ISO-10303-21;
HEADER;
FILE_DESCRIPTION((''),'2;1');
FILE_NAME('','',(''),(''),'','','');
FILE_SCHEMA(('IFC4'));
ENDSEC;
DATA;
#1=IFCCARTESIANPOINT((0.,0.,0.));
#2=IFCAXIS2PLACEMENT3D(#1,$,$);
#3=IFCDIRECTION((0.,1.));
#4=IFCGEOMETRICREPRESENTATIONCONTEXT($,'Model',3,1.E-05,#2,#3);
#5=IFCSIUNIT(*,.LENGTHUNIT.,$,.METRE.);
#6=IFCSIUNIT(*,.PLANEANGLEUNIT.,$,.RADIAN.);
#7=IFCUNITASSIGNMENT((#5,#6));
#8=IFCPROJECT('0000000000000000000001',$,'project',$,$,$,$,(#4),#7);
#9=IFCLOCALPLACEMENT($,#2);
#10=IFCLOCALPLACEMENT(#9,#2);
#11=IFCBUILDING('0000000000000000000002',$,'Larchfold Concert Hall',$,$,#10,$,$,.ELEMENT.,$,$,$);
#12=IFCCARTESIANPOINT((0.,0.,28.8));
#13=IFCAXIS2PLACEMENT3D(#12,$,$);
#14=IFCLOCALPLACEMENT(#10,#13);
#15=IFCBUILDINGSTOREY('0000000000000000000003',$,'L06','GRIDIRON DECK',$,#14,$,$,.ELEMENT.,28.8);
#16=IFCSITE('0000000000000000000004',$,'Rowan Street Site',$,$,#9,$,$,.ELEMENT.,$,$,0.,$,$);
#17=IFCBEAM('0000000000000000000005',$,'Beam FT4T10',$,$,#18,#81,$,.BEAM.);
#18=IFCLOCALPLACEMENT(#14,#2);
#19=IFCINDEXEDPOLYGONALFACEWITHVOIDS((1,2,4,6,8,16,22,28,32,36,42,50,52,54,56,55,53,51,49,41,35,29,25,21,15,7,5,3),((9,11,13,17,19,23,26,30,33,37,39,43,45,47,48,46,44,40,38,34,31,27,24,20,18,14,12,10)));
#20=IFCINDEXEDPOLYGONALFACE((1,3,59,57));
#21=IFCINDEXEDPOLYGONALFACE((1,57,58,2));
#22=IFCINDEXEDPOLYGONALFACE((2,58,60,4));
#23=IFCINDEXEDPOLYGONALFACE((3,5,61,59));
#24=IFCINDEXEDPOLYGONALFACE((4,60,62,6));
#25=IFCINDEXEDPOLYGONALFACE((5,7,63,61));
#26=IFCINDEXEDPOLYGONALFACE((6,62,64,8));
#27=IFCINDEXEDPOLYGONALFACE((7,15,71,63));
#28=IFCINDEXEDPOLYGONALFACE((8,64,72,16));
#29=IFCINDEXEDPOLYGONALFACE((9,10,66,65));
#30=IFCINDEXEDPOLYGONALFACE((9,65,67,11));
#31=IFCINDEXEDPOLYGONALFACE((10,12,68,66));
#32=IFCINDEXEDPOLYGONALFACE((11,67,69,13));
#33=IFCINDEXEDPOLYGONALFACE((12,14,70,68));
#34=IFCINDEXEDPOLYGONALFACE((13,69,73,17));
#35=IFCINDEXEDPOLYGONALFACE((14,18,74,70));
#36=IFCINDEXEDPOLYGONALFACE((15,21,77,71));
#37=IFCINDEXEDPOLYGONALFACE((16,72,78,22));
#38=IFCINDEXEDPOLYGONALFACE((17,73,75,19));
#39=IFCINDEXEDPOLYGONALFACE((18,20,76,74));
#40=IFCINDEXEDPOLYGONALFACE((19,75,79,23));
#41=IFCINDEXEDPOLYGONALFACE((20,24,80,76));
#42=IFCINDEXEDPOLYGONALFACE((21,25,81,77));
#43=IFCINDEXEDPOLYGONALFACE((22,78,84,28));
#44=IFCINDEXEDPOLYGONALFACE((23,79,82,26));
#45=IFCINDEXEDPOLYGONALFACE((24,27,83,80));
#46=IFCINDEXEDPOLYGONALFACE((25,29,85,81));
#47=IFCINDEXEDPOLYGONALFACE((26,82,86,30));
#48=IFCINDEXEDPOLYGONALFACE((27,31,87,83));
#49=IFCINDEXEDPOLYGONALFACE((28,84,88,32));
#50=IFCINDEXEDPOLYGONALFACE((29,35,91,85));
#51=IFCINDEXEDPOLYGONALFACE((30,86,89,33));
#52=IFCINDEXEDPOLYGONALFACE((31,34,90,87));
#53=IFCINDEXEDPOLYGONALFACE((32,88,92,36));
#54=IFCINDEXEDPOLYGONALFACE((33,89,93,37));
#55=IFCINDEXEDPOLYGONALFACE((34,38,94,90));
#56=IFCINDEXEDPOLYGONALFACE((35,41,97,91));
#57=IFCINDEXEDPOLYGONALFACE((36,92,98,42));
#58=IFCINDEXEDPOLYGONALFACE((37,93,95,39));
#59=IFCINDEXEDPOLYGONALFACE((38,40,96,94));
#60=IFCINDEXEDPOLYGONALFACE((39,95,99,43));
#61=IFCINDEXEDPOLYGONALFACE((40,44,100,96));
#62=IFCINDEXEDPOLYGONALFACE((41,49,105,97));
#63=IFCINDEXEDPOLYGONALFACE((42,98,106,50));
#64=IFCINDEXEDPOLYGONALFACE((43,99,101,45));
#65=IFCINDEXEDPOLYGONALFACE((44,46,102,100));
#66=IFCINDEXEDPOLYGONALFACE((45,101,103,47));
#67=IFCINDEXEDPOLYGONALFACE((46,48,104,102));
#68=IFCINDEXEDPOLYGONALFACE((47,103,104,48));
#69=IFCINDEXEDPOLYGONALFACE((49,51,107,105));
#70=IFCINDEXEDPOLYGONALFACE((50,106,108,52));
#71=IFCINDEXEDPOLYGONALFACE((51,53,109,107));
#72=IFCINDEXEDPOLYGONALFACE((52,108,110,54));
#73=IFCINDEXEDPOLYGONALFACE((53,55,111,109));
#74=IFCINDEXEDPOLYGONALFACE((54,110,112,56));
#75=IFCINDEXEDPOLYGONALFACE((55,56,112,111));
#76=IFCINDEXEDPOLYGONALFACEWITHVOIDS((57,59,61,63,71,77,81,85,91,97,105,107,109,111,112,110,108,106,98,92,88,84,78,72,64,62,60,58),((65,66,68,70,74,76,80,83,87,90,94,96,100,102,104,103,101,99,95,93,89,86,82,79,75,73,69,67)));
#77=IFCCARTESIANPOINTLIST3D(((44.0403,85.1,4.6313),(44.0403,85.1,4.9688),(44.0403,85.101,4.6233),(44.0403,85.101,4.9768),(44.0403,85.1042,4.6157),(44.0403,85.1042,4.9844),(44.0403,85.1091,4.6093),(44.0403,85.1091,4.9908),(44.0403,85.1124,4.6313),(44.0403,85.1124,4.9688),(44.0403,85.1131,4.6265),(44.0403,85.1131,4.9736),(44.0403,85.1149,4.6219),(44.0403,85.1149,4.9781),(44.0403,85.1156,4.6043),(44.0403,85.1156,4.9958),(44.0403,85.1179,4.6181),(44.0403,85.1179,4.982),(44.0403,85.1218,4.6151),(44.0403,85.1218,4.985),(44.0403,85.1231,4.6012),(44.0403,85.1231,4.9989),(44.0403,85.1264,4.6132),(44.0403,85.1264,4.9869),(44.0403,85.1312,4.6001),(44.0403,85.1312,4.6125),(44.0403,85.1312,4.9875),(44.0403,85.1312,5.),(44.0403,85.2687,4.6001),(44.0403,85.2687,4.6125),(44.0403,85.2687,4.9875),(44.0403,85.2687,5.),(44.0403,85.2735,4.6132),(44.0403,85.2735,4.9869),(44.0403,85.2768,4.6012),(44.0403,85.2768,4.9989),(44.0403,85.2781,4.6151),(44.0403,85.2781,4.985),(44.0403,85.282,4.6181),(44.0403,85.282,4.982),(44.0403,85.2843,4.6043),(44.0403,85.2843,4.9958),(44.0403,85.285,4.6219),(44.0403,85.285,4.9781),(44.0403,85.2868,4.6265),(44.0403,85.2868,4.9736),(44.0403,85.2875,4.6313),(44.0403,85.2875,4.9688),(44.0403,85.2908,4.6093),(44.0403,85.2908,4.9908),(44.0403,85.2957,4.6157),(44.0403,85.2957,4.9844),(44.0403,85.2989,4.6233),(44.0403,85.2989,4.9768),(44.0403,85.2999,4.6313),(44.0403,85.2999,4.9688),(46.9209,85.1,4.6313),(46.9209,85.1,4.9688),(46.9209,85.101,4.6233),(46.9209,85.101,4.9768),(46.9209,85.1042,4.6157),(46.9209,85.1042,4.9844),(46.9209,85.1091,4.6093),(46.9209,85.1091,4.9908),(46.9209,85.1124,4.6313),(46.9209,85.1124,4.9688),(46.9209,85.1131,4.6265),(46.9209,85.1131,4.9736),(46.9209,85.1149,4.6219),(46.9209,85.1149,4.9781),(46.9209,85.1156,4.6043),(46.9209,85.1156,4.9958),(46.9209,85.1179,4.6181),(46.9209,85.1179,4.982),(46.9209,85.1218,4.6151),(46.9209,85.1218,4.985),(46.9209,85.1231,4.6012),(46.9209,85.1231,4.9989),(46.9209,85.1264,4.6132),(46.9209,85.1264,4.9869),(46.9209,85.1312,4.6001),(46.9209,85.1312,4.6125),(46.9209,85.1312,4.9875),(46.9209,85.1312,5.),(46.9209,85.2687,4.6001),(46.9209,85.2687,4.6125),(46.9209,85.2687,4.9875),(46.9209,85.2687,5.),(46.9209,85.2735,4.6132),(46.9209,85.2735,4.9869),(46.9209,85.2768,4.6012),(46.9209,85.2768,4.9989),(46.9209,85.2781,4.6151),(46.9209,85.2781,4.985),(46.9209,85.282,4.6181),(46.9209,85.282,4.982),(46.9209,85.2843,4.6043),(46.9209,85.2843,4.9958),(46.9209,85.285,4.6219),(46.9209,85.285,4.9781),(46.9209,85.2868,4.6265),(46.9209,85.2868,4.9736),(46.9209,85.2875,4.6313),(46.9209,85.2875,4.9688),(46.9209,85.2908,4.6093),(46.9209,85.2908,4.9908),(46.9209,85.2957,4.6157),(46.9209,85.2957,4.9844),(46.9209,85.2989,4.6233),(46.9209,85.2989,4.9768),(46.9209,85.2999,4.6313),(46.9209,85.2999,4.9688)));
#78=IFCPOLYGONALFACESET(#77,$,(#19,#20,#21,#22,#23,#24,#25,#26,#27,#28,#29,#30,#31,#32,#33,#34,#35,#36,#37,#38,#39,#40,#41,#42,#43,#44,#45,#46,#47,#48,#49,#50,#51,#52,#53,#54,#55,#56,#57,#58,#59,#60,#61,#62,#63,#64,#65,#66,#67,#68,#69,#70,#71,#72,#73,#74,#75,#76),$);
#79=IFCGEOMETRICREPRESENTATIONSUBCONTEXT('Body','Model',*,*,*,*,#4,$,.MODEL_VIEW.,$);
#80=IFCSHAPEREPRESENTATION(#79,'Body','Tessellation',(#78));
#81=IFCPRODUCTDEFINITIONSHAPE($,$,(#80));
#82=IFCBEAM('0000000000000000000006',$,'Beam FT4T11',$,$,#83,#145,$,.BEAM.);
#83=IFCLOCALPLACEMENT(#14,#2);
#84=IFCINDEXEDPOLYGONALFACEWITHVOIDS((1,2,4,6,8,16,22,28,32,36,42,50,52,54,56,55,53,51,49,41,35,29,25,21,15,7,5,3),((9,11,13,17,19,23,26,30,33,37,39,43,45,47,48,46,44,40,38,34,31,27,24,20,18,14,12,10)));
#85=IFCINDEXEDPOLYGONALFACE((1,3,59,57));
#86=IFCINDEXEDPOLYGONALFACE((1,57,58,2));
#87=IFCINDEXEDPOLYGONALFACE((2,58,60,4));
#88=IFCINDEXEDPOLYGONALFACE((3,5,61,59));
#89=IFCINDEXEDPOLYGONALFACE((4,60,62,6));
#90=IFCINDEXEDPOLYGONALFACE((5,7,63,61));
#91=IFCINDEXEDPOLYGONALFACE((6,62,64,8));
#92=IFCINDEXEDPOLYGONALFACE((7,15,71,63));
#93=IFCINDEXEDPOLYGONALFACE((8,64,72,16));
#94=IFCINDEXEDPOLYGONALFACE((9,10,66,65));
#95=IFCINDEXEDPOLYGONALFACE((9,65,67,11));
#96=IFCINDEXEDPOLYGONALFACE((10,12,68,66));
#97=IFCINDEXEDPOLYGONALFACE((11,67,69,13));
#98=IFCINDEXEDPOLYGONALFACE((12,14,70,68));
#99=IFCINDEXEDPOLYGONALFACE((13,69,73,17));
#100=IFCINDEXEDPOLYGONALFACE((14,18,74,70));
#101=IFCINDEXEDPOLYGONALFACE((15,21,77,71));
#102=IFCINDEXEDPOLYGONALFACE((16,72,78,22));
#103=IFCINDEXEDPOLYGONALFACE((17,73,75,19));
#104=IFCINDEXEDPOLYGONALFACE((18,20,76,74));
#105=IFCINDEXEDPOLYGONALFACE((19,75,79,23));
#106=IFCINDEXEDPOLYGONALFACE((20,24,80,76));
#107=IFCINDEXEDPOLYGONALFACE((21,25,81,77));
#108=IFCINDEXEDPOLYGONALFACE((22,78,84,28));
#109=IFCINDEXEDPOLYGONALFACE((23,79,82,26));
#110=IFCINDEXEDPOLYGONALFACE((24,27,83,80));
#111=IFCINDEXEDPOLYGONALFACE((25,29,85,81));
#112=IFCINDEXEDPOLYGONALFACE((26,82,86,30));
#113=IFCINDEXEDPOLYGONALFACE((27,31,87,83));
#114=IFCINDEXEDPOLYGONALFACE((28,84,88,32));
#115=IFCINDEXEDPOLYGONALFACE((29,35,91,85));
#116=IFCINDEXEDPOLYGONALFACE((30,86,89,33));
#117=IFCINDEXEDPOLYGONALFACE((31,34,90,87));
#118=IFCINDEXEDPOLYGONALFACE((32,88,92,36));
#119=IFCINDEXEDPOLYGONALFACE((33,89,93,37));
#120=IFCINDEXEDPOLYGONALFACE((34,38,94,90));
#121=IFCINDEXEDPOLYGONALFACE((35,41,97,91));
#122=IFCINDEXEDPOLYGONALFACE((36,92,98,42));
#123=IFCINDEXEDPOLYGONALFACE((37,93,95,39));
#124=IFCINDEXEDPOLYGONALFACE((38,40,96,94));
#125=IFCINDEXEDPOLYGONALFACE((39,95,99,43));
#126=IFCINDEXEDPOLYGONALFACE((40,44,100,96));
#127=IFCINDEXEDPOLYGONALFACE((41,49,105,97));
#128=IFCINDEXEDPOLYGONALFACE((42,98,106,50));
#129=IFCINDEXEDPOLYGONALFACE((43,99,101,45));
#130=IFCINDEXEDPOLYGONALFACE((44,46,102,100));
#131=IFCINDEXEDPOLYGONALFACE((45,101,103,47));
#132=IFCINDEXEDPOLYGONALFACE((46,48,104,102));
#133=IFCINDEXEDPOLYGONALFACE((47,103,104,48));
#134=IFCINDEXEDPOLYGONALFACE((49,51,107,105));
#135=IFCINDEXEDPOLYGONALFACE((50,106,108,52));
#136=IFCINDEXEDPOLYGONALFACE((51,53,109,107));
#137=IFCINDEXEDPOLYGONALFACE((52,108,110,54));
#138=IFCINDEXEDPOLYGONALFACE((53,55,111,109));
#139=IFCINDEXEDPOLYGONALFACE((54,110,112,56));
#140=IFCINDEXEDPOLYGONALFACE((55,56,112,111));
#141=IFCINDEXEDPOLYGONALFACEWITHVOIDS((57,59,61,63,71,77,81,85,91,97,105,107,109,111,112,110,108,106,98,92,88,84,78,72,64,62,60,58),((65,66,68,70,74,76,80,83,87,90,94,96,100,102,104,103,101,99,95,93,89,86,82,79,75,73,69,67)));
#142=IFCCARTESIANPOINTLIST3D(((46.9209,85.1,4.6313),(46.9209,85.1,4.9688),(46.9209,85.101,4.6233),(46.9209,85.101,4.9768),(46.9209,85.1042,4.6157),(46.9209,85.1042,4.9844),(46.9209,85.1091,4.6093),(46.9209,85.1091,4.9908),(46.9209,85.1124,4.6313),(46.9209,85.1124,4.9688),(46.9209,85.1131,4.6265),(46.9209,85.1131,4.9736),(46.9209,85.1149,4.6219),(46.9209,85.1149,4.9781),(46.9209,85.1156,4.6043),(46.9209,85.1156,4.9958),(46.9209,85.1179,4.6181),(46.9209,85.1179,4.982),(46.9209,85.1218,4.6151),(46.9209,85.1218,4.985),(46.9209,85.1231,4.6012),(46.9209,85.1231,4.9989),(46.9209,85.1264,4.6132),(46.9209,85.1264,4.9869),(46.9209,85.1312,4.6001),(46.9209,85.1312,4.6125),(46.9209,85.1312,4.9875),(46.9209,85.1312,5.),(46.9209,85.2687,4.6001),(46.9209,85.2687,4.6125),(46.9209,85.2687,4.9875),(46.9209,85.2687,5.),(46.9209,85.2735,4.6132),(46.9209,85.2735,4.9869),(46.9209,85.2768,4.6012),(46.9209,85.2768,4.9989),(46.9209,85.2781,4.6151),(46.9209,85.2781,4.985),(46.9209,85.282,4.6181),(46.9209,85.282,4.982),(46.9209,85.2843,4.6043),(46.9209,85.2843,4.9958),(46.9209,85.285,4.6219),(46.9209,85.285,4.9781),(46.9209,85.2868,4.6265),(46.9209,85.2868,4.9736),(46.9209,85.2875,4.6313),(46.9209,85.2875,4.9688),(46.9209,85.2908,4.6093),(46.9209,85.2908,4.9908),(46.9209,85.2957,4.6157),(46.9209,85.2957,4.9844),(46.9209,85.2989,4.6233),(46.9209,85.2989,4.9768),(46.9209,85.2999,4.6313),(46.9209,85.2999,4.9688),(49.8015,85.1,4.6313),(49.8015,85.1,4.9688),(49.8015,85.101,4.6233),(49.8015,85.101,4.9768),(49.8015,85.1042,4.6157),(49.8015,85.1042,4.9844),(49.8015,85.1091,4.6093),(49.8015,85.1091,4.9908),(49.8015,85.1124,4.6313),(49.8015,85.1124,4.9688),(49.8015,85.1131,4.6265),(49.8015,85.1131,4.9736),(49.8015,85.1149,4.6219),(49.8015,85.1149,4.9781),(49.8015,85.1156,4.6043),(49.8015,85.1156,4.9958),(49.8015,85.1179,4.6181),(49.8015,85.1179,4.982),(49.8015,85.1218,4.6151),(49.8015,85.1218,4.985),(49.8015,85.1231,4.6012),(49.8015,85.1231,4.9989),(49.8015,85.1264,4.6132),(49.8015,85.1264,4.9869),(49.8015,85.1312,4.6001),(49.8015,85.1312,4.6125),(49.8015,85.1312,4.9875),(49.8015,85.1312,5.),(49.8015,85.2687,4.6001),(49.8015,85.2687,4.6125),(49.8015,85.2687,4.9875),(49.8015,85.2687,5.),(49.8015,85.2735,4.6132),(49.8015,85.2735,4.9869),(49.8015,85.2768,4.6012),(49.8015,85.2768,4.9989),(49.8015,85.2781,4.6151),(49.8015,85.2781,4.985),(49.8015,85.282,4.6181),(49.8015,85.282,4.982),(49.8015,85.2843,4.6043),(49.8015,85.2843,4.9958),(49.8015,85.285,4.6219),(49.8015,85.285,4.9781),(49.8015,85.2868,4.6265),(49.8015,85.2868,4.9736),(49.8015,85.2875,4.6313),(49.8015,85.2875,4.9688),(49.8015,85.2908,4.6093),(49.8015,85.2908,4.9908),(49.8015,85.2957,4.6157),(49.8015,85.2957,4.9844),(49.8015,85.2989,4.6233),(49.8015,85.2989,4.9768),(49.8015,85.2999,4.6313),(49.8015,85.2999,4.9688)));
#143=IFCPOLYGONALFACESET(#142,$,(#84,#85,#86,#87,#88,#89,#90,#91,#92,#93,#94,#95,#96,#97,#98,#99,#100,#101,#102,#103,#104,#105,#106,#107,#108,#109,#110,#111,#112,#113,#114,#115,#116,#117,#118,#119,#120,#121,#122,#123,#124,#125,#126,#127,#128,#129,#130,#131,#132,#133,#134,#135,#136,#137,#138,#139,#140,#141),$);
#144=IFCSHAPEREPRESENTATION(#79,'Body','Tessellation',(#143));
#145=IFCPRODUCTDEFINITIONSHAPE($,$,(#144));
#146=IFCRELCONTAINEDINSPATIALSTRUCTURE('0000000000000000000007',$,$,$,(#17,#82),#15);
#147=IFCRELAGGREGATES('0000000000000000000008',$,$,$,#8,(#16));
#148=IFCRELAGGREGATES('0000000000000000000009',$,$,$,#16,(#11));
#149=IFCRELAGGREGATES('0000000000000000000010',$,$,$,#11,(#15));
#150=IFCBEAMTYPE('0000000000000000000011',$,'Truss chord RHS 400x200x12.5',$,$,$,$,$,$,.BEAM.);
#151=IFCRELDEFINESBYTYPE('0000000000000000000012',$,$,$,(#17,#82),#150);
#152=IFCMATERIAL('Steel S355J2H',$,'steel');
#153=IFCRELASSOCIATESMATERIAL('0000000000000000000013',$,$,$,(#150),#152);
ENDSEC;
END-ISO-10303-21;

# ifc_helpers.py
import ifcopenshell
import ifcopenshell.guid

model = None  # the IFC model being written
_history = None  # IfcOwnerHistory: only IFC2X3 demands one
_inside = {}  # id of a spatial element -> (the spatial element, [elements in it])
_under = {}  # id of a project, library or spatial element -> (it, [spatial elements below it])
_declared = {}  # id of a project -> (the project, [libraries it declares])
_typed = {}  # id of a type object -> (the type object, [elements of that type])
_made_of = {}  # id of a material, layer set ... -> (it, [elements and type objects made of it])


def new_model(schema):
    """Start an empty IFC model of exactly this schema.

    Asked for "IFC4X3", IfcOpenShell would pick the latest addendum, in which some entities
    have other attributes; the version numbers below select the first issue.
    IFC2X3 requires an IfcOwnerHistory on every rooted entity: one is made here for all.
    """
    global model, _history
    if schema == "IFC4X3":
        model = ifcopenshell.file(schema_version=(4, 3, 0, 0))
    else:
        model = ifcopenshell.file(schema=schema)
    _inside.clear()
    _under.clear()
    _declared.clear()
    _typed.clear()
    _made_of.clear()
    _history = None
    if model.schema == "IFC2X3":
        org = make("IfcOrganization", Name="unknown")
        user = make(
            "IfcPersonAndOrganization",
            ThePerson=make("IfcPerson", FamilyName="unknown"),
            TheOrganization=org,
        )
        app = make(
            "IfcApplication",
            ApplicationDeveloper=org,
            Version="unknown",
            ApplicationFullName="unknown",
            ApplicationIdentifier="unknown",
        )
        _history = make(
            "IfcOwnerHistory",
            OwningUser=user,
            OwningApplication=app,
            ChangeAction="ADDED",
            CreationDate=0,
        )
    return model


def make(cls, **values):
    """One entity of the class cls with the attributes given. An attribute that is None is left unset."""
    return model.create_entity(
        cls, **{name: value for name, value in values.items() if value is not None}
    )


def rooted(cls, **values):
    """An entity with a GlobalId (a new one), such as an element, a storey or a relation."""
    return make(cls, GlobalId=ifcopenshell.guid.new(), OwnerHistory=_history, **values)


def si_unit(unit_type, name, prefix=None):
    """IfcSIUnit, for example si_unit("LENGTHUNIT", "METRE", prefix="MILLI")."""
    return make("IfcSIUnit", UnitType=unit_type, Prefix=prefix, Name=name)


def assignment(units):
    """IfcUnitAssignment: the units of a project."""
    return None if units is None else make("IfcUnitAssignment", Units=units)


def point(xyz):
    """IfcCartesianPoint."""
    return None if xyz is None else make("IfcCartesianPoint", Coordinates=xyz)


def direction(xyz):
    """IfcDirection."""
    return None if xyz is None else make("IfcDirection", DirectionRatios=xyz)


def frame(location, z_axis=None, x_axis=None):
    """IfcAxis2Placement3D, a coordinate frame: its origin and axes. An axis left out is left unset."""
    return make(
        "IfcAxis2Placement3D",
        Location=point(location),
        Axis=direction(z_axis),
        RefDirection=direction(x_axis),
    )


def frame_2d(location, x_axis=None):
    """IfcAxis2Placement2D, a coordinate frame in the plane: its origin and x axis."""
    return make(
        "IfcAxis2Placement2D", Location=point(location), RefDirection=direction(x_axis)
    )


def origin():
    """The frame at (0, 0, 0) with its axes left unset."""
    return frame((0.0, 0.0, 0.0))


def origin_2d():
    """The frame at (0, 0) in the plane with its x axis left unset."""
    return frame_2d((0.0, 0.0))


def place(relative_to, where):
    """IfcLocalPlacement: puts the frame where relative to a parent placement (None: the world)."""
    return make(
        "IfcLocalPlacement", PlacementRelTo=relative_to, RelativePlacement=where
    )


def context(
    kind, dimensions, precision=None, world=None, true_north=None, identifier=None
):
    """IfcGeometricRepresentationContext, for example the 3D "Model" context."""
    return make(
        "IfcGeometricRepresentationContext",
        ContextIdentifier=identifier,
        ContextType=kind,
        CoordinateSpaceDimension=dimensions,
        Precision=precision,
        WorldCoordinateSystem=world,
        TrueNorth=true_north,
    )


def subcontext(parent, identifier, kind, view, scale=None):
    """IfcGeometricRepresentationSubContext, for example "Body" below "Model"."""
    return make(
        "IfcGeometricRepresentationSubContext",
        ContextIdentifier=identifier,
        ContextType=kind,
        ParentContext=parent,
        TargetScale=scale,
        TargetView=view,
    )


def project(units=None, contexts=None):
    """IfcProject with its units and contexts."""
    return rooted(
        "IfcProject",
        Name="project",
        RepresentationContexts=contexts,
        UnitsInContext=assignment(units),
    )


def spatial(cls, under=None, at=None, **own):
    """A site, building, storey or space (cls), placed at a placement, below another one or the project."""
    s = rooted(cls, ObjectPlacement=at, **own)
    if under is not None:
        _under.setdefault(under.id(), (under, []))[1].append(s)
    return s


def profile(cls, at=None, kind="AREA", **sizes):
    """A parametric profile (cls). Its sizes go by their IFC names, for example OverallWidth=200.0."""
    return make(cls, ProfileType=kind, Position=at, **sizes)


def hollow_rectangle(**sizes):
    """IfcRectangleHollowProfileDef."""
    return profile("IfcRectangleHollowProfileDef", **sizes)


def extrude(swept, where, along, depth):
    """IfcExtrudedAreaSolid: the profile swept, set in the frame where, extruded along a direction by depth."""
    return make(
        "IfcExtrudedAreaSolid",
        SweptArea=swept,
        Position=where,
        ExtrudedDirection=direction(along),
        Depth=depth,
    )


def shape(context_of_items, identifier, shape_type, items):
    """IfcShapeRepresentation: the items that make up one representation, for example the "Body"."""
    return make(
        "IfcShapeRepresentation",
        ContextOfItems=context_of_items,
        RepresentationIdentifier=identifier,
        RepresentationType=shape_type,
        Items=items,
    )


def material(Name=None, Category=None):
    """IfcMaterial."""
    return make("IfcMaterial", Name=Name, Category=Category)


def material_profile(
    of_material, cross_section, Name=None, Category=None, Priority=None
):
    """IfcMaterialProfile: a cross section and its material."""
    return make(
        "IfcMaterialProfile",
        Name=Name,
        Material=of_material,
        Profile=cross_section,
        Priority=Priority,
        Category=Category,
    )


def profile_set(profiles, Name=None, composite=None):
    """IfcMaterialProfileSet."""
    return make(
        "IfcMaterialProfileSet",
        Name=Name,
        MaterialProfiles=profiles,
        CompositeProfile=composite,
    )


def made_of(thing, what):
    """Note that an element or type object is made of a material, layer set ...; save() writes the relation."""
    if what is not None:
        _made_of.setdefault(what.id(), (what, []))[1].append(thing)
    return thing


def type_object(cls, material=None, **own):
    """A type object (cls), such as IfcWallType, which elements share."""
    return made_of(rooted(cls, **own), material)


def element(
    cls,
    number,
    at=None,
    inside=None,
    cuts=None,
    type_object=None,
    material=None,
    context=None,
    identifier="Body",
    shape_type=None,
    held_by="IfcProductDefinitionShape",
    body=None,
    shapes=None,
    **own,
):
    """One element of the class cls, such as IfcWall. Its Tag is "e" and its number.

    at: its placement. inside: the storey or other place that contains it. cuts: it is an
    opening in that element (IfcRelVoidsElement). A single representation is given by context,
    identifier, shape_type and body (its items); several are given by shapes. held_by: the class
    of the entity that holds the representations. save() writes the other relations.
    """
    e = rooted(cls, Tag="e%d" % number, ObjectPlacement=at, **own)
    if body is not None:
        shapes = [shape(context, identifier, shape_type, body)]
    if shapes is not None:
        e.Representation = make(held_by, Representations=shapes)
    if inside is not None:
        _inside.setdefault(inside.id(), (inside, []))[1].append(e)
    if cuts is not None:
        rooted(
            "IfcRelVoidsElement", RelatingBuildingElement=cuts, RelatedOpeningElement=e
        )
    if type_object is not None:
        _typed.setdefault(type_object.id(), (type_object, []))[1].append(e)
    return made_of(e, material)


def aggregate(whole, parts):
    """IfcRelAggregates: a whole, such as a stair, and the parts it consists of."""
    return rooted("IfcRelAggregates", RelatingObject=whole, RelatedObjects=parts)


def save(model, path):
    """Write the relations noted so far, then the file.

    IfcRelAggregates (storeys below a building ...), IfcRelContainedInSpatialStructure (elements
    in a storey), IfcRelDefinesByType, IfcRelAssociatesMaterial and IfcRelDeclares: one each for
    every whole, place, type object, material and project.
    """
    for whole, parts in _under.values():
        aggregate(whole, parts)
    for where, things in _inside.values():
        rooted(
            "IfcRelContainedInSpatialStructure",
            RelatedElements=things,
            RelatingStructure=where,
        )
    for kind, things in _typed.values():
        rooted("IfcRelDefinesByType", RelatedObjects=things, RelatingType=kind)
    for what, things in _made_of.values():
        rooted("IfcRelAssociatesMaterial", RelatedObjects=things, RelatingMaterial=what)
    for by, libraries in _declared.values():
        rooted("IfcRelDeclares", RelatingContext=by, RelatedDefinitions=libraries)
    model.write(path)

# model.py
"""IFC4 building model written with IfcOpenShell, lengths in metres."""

from ifc_helpers import new_model, si_unit, direction, frame, origin, origin_2d, place, context, subcontext, project, spatial, hollow_rectangle, extrude, material, material_profile, profile_set, type_object, element, save


model = new_model("IFC4")

# Units and contexts
model_context = context("Model", 3, precision=1e-05, world=origin(), true_north=direction((0.0, 1.0)))
body_context = subcontext(model_context, "Body", "Model", "MODEL_VIEW")
ifc_project = project(units=[si_unit("LENGTHUNIT", "METRE"), si_unit("PLANEANGLEUNIT", "RADIAN")], contexts=[model_context])

# Site, building, storey
site_placement = place(None, origin())
site = spatial("IfcSite", under=ifc_project, at=site_placement, Name="Rowan Street Site", CompositionType="ELEMENT", RefElevation=0.0)
building_placement = place(site_placement, origin())
building = spatial("IfcBuilding", under=site, at=building_placement, Name="Larchfold Concert Hall", CompositionType="ELEMENT")
storey_placement = place(building_placement, frame((0.0, 0.0, 28.8)))
storey = spatial("IfcBuildingStorey", under=building, at=storey_placement, Name="L06", Description="GRIDIRON DECK", CompositionType="ELEMENT", Elevation=28.8)

# Beams
ifc_material_1 = material(Name="Steel S355J2H", Category="steel")
ifc_material_profile_1 = material_profile(ifc_material_1, hollow_rectangle(XDim=0.2, YDim=0.3999, WallThickness=0.0125, InnerFilletRadius=0.0188, OuterFilletRadius=0.0312, at=origin_2d()))
ifc_profile_set_1 = profile_set([ifc_material_profile_1], Name="Steel S355J2H")
beam_type_1 = type_object("IfcBeamType", Name="Truss chord RHS 400x200x12.5", PredefinedType="BEAM", material=ifc_profile_set_1)
for number, where, z_axis, x_axis, name in (
    (1, (44.0403, 85.2, 4.8), (1.0, 0.0, 0.0), (0.0, 1.0, 0.0), "Beam FT4T10"),
    (2, (46.9209, 85.2, 4.8), (1.0, 0.0, 0.0), (0.0, 1.0, 0.0), "Beam FT4T11"),
):
    element("IfcBeam", number, at=place(storey_placement, frame(where, z_axis=z_axis, x_axis=x_axis)), inside=storey, type_object=beam_type_1, Name=name, PredefinedType="BEAM", context=body_context, shape_type="SweptSolid", body=[
        extrude(hollow_rectangle(XDim=0.2, YDim=0.3999, WallThickness=0.0125, InnerFilletRadius=0.0188, OuterFilletRadius=0.0312, at=origin_2d()), origin(), (0.0, 0.0, 1.0), 2.8806),
    ])

save(model, "model.ifc")
